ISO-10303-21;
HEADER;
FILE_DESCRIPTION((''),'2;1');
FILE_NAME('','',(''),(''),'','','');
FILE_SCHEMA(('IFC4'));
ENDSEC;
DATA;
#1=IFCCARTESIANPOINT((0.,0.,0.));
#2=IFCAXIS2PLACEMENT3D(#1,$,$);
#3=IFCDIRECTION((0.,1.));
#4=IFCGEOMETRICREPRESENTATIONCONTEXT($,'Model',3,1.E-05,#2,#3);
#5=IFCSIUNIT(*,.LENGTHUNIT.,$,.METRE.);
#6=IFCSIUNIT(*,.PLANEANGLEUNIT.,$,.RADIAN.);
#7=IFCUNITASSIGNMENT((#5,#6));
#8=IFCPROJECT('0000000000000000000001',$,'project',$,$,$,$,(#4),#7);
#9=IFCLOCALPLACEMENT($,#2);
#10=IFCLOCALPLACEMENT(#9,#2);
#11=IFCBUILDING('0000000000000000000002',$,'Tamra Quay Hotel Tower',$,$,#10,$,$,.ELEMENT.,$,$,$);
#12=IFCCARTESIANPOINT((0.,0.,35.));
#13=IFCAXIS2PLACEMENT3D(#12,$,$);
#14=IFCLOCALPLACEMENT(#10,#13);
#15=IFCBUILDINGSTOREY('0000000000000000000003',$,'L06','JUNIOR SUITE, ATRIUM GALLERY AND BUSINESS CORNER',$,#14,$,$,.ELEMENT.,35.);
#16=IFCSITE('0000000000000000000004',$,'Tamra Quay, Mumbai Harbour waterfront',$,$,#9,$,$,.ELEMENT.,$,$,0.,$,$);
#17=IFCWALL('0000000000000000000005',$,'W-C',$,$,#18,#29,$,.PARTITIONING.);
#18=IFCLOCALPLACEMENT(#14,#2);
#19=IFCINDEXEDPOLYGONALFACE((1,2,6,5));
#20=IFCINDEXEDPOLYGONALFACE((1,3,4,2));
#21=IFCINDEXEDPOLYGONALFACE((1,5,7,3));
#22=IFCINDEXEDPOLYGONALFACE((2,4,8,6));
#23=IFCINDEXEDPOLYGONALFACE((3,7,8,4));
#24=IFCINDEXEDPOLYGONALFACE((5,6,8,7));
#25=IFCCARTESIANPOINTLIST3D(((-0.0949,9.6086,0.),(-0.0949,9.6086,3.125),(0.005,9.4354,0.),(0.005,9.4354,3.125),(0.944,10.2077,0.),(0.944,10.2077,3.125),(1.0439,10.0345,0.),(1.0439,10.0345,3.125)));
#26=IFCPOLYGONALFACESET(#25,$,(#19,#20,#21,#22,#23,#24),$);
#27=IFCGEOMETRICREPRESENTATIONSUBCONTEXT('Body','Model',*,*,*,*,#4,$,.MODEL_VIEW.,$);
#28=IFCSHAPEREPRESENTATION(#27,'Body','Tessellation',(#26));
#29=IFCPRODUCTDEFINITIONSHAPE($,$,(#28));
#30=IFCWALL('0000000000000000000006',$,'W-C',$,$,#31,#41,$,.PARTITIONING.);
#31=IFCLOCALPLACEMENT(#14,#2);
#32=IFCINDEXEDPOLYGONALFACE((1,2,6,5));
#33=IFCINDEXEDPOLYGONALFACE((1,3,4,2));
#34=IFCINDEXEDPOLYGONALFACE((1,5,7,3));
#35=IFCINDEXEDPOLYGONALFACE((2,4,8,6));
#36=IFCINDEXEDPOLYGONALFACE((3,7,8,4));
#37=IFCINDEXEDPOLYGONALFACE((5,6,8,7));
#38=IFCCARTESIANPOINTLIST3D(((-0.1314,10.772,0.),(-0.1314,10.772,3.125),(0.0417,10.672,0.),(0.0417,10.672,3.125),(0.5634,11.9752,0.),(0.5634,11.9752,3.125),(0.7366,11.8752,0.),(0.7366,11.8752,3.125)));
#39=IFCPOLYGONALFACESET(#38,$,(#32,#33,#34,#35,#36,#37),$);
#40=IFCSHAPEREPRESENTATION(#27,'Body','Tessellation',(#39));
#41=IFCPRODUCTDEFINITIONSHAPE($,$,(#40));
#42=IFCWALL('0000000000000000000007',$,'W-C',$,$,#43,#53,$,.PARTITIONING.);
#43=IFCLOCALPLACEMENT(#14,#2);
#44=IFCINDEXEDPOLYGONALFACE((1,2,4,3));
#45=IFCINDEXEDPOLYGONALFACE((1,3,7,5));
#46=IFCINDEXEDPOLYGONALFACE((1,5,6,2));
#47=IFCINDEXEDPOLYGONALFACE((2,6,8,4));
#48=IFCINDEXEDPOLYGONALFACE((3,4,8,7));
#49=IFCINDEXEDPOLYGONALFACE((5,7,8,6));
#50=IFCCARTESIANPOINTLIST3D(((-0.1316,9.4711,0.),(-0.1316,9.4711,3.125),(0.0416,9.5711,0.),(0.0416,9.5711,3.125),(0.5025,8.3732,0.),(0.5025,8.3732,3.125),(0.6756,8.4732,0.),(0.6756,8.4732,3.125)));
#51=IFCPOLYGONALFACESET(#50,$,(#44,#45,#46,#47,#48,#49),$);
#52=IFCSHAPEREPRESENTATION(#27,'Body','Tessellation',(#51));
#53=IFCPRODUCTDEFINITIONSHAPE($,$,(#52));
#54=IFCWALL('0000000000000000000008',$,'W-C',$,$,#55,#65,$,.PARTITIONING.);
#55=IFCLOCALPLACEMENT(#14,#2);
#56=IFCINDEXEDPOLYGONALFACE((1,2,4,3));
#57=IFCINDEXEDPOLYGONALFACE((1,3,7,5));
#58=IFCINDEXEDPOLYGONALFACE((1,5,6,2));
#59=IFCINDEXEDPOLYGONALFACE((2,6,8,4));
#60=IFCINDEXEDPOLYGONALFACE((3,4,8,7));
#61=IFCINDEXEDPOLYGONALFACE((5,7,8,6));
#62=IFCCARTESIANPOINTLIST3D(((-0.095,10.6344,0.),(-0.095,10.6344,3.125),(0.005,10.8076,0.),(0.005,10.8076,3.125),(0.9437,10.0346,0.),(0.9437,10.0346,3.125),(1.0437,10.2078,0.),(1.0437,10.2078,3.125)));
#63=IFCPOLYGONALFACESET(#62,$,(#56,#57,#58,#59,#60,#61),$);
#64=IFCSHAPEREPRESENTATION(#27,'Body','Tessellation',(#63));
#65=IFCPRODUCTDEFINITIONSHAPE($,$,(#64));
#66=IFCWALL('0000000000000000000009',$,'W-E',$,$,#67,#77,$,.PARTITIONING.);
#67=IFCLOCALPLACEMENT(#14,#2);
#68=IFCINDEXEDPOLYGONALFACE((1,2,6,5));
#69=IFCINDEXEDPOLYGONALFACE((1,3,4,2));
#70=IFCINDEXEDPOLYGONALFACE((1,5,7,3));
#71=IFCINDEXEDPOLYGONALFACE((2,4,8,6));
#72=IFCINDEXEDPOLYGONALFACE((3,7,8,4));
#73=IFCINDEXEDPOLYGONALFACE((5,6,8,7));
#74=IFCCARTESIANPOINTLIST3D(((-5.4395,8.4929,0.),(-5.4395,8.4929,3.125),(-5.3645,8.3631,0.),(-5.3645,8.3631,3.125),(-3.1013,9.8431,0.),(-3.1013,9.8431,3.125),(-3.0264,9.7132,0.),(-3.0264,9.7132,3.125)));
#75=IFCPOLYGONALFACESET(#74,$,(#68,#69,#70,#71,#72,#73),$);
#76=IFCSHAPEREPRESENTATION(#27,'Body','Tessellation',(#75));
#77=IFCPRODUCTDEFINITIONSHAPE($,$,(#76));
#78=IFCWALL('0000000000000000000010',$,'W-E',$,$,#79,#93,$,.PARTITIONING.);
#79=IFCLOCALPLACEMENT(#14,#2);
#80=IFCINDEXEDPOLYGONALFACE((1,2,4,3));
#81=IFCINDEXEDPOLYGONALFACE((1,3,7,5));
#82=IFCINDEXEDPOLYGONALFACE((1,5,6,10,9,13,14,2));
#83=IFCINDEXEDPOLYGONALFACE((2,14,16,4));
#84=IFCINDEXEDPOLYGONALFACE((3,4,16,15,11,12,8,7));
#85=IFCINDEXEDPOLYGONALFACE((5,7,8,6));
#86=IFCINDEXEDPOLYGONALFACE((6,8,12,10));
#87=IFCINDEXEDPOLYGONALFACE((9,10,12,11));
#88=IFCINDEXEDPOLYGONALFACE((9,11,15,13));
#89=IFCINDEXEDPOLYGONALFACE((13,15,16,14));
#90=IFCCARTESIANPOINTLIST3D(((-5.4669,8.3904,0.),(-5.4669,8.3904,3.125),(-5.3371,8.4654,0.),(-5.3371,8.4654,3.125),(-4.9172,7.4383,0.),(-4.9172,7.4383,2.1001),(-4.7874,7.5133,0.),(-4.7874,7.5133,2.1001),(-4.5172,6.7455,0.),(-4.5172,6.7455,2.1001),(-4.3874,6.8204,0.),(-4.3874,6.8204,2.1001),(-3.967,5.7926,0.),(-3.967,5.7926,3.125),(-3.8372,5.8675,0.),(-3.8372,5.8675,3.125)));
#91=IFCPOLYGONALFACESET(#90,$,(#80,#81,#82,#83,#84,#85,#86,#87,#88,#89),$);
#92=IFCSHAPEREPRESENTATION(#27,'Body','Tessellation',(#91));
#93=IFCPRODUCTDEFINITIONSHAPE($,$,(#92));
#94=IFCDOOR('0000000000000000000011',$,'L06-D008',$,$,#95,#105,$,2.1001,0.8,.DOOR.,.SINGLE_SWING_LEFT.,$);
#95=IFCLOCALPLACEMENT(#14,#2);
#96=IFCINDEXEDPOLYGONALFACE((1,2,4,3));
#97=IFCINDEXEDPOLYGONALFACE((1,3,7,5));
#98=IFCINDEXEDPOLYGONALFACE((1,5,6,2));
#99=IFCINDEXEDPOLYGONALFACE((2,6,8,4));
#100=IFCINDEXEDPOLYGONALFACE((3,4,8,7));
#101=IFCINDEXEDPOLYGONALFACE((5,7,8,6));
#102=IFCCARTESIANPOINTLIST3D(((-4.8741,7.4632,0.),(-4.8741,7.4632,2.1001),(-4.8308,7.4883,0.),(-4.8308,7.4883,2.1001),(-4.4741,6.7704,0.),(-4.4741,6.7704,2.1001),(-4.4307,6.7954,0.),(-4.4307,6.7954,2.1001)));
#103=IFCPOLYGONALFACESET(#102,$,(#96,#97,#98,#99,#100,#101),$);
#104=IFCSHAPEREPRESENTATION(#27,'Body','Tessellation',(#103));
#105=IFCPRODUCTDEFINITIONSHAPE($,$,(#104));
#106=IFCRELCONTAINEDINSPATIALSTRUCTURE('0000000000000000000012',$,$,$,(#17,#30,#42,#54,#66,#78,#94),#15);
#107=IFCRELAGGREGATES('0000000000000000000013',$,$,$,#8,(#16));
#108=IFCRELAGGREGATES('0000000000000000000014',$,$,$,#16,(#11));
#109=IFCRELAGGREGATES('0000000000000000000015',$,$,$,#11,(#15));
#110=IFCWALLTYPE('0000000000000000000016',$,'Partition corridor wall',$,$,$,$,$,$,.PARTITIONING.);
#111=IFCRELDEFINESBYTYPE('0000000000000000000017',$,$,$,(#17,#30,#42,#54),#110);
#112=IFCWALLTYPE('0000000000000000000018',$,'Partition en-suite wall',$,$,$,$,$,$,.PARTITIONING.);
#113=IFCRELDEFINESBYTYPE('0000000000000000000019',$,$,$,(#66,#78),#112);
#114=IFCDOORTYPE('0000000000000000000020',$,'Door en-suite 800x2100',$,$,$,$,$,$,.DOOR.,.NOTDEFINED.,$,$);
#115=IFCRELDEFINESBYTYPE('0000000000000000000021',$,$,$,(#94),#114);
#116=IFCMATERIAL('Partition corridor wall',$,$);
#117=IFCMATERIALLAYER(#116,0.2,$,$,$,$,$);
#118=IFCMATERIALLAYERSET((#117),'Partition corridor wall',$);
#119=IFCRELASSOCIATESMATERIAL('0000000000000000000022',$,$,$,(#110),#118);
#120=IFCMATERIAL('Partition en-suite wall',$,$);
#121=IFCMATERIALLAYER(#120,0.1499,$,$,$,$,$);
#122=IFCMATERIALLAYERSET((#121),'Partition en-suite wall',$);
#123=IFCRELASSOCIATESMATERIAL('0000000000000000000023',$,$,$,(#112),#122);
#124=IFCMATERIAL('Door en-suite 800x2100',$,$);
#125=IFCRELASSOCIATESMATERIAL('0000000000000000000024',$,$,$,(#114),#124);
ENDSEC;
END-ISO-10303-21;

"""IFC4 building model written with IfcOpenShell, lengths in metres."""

from ifc_helpers import new_model, si_unit, direction, frame, frame_2d, origin, place, context, subcontext, project, spatial, rectangle, extrude, material, layer, layer_set, type_object, element, fill, save


model = new_model("IFC4")

# Units and contexts
model_context = context("Model", 3, precision=1e-05, world=origin(), true_north=direction((0.0, 1.0)))
body_context = subcontext(model_context, "Body", "Model", "MODEL_VIEW")
ifc_project = project(units=[si_unit("LENGTHUNIT", "METRE"), si_unit("PLANEANGLEUNIT", "RADIAN")], contexts=[model_context])

# Site, building, storey
site_placement = place(None, origin())
site = spatial("IfcSite", under=ifc_project, at=site_placement, Name="Tamra Quay, Mumbai Harbour waterfront", CompositionType="ELEMENT", RefElevation=0.0)
building_placement = place(site_placement, origin())
building = spatial("IfcBuilding", under=site, at=building_placement, Name="Tamra Quay Hotel Tower", CompositionType="ELEMENT")
storey_placement = place(building_placement, frame((0.0, 0.0, 35.0)))
storey = spatial("IfcBuildingStorey", under=building, at=storey_placement, Name="L06", Description="JUNIOR SUITE, ATRIUM GALLERY AND BUSINESS CORNER", CompositionType="ELEMENT", Elevation=35.0)

# Shared definitions
ifc_material_1 = material(Name="Partition corridor wall")
ifc_layer_1 = layer(ifc_material_1, 0.2)
ifc_layer_set_1 = layer_set([ifc_layer_1], Name="Partition corridor wall")
wall_type_1 = type_object("IfcWallType", Name="Partition corridor wall", PredefinedType="PARTITIONING", material=ifc_layer_set_1)

# Walls
wall_1_placement = place(storey_placement, frame((-0.0449, 9.522, 0.0), z_axis=(0.0, 0.0, 1.0), x_axis=(0.866257, 0.499599, 0.0)))
element("IfcWall", 1, at=wall_1_placement, inside=storey, type_object=wall_type_1, Name="W-C", PredefinedType="PARTITIONING", context=body_context, shape_type="SweptSolid", body=[
    extrude(rectangle(XDim=1.1992, YDim=0.2, at=frame_2d((0.5996, 0.0))), origin(), (0.0, 0.0, 1.0), 3.125),
])
wall_2_placement = place(storey_placement, frame((-0.0449, 10.7219, 0.0), z_axis=(0.0, 0.0, 1.0), x_axis=(0.500108, 0.865963, 0.0)))
element("IfcWall", 2, at=wall_2_placement, inside=storey, type_object=wall_type_1, Name="W-C", PredefinedType="PARTITIONING", context=body_context, shape_type="SweptSolid", body=[
    extrude(rectangle(XDim=1.3894, YDim=0.2, at=frame_2d((0.6948, 0.0))), origin(), (0.0, 0.0, 1.0), 3.125),
])
wall_3_placement = place(storey_placement, frame((-0.0449, 9.521, 0.0), z_axis=(0.0, 0.0, 1.0), x_axis=(0.500095, -0.865971, 0.0)))
element("IfcWall", 3, at=wall_3_placement, inside=storey, type_object=wall_type_1, Name="W-C", PredefinedType="PARTITIONING", context=body_context, shape_type="SweptSolid", body=[
    extrude(rectangle(XDim=1.2678, YDim=0.2, at=frame_2d((0.6338, 0.0))), origin(), (0.0, 0.0, 1.0), 3.125),
])
wall_4_placement = place(storey_placement, frame((-0.0449, 10.7209, 0.0), z_axis=(0.0, 0.0, 1.0), x_axis=(0.865992, -0.500057, 0.0)))
element("IfcWall", 4, at=wall_4_placement, inside=storey, type_object=wall_type_1, Name="W-C", PredefinedType="PARTITIONING", context=body_context, shape_type="SweptSolid", body=[
    extrude(rectangle(XDim=1.1995, YDim=0.2, at=frame_2d((0.5996, 0.0))), origin(), (0.0, 0.0, 1.0), 3.125),
])
ifc_material_2 = material(Name="Partition en-suite wall")
ifc_layer_2 = layer(ifc_material_2, 0.1499)
ifc_layer_set_2 = layer_set([ifc_layer_2], Name="Partition en-suite wall")
wall_type_2 = type_object("IfcWallType", Name="Partition en-suite wall", PredefinedType="PARTITIONING", material=ifc_layer_set_2)
wall_5_placement = place(storey_placement, frame((-5.4021, 8.428, 0.0), z_axis=(0.0, 0.0, 1.0), x_axis=(0.865997, 0.500049, 0.0)))
element("IfcWall", 5, at=wall_5_placement, inside=storey, type_object=wall_type_2, Name="W-E", PredefinedType="PARTITIONING", context=body_context, shape_type="SweptSolid", body=[
    extrude(rectangle(XDim=2.7, YDim=0.1499, at=frame_2d((1.3501, 0.0))), origin(), (0.0, 0.0, 1.0), 3.125),
])

# Wall, opening, door
wall_6_placement = place(storey_placement, frame((-5.4021, 8.428, 0.0), z_axis=(0.0, 0.0, 1.0), x_axis=(0.500025, -0.866011, 0.0)))
wall_6 = element("IfcWall", 6, at=wall_6_placement, inside=storey, type_object=wall_type_2, Name="W-E", PredefinedType="PARTITIONING", context=body_context, shape_type="SweptSolid", body=[
    extrude(rectangle(XDim=2.9998, YDim=0.1499, at=frame_2d((1.5, 0.0))), origin(), (0.0, 0.0, 1.0), 3.125),
])
opening_1_placement = place(wall_6_placement, frame((1.0996, 0.0, 0.0)))
opening_1 = element("IfcOpeningElement", 7, at=opening_1_placement, cuts=wall_6, PredefinedType="OPENING", context=body_context, shape_type="SweptSolid", body=[
    extrude(rectangle(XDim=0.8, YDim=2.1001, at=frame_2d((0.3999, 1.05))), frame((0.0, 0.085, 0.0), z_axis=(0.0, -1.0, 0.0), x_axis=(1.0, 0.0, 0.0)), (0.0, 0.0, 1.0), 0.1699),
])
ifc_material_3 = material(Name="Door en-suite 800x2100")
door_type_1 = type_object("IfcDoorType", Name="Door en-suite 800x2100", OperationType="NOTDEFINED", PredefinedType="DOOR", material=ifc_material_3)
door_1_placement = place(opening_1_placement, origin())
door_1 = element("IfcDoor", 8, at=door_1_placement, inside=storey, type_object=door_type_1, Name="L06-D008", OperationType="SINGLE_SWING_LEFT", OverallHeight=2.1001, OverallWidth=0.8, PredefinedType="DOOR", context=body_context, shape_type="SweptSolid", body=[
    extrude(rectangle(XDim=0.8, YDim=2.1001, at=frame_2d((0.3999, 1.05))), frame((0.0, 0.0249, 0.0), z_axis=(0.0, -1.0, 0.0), x_axis=(1.0, 0.0, 0.0)), (0.0, 0.0, 1.0), 0.05),
])
fill(opening_1, door_1)

save(model, "model.ifc")
